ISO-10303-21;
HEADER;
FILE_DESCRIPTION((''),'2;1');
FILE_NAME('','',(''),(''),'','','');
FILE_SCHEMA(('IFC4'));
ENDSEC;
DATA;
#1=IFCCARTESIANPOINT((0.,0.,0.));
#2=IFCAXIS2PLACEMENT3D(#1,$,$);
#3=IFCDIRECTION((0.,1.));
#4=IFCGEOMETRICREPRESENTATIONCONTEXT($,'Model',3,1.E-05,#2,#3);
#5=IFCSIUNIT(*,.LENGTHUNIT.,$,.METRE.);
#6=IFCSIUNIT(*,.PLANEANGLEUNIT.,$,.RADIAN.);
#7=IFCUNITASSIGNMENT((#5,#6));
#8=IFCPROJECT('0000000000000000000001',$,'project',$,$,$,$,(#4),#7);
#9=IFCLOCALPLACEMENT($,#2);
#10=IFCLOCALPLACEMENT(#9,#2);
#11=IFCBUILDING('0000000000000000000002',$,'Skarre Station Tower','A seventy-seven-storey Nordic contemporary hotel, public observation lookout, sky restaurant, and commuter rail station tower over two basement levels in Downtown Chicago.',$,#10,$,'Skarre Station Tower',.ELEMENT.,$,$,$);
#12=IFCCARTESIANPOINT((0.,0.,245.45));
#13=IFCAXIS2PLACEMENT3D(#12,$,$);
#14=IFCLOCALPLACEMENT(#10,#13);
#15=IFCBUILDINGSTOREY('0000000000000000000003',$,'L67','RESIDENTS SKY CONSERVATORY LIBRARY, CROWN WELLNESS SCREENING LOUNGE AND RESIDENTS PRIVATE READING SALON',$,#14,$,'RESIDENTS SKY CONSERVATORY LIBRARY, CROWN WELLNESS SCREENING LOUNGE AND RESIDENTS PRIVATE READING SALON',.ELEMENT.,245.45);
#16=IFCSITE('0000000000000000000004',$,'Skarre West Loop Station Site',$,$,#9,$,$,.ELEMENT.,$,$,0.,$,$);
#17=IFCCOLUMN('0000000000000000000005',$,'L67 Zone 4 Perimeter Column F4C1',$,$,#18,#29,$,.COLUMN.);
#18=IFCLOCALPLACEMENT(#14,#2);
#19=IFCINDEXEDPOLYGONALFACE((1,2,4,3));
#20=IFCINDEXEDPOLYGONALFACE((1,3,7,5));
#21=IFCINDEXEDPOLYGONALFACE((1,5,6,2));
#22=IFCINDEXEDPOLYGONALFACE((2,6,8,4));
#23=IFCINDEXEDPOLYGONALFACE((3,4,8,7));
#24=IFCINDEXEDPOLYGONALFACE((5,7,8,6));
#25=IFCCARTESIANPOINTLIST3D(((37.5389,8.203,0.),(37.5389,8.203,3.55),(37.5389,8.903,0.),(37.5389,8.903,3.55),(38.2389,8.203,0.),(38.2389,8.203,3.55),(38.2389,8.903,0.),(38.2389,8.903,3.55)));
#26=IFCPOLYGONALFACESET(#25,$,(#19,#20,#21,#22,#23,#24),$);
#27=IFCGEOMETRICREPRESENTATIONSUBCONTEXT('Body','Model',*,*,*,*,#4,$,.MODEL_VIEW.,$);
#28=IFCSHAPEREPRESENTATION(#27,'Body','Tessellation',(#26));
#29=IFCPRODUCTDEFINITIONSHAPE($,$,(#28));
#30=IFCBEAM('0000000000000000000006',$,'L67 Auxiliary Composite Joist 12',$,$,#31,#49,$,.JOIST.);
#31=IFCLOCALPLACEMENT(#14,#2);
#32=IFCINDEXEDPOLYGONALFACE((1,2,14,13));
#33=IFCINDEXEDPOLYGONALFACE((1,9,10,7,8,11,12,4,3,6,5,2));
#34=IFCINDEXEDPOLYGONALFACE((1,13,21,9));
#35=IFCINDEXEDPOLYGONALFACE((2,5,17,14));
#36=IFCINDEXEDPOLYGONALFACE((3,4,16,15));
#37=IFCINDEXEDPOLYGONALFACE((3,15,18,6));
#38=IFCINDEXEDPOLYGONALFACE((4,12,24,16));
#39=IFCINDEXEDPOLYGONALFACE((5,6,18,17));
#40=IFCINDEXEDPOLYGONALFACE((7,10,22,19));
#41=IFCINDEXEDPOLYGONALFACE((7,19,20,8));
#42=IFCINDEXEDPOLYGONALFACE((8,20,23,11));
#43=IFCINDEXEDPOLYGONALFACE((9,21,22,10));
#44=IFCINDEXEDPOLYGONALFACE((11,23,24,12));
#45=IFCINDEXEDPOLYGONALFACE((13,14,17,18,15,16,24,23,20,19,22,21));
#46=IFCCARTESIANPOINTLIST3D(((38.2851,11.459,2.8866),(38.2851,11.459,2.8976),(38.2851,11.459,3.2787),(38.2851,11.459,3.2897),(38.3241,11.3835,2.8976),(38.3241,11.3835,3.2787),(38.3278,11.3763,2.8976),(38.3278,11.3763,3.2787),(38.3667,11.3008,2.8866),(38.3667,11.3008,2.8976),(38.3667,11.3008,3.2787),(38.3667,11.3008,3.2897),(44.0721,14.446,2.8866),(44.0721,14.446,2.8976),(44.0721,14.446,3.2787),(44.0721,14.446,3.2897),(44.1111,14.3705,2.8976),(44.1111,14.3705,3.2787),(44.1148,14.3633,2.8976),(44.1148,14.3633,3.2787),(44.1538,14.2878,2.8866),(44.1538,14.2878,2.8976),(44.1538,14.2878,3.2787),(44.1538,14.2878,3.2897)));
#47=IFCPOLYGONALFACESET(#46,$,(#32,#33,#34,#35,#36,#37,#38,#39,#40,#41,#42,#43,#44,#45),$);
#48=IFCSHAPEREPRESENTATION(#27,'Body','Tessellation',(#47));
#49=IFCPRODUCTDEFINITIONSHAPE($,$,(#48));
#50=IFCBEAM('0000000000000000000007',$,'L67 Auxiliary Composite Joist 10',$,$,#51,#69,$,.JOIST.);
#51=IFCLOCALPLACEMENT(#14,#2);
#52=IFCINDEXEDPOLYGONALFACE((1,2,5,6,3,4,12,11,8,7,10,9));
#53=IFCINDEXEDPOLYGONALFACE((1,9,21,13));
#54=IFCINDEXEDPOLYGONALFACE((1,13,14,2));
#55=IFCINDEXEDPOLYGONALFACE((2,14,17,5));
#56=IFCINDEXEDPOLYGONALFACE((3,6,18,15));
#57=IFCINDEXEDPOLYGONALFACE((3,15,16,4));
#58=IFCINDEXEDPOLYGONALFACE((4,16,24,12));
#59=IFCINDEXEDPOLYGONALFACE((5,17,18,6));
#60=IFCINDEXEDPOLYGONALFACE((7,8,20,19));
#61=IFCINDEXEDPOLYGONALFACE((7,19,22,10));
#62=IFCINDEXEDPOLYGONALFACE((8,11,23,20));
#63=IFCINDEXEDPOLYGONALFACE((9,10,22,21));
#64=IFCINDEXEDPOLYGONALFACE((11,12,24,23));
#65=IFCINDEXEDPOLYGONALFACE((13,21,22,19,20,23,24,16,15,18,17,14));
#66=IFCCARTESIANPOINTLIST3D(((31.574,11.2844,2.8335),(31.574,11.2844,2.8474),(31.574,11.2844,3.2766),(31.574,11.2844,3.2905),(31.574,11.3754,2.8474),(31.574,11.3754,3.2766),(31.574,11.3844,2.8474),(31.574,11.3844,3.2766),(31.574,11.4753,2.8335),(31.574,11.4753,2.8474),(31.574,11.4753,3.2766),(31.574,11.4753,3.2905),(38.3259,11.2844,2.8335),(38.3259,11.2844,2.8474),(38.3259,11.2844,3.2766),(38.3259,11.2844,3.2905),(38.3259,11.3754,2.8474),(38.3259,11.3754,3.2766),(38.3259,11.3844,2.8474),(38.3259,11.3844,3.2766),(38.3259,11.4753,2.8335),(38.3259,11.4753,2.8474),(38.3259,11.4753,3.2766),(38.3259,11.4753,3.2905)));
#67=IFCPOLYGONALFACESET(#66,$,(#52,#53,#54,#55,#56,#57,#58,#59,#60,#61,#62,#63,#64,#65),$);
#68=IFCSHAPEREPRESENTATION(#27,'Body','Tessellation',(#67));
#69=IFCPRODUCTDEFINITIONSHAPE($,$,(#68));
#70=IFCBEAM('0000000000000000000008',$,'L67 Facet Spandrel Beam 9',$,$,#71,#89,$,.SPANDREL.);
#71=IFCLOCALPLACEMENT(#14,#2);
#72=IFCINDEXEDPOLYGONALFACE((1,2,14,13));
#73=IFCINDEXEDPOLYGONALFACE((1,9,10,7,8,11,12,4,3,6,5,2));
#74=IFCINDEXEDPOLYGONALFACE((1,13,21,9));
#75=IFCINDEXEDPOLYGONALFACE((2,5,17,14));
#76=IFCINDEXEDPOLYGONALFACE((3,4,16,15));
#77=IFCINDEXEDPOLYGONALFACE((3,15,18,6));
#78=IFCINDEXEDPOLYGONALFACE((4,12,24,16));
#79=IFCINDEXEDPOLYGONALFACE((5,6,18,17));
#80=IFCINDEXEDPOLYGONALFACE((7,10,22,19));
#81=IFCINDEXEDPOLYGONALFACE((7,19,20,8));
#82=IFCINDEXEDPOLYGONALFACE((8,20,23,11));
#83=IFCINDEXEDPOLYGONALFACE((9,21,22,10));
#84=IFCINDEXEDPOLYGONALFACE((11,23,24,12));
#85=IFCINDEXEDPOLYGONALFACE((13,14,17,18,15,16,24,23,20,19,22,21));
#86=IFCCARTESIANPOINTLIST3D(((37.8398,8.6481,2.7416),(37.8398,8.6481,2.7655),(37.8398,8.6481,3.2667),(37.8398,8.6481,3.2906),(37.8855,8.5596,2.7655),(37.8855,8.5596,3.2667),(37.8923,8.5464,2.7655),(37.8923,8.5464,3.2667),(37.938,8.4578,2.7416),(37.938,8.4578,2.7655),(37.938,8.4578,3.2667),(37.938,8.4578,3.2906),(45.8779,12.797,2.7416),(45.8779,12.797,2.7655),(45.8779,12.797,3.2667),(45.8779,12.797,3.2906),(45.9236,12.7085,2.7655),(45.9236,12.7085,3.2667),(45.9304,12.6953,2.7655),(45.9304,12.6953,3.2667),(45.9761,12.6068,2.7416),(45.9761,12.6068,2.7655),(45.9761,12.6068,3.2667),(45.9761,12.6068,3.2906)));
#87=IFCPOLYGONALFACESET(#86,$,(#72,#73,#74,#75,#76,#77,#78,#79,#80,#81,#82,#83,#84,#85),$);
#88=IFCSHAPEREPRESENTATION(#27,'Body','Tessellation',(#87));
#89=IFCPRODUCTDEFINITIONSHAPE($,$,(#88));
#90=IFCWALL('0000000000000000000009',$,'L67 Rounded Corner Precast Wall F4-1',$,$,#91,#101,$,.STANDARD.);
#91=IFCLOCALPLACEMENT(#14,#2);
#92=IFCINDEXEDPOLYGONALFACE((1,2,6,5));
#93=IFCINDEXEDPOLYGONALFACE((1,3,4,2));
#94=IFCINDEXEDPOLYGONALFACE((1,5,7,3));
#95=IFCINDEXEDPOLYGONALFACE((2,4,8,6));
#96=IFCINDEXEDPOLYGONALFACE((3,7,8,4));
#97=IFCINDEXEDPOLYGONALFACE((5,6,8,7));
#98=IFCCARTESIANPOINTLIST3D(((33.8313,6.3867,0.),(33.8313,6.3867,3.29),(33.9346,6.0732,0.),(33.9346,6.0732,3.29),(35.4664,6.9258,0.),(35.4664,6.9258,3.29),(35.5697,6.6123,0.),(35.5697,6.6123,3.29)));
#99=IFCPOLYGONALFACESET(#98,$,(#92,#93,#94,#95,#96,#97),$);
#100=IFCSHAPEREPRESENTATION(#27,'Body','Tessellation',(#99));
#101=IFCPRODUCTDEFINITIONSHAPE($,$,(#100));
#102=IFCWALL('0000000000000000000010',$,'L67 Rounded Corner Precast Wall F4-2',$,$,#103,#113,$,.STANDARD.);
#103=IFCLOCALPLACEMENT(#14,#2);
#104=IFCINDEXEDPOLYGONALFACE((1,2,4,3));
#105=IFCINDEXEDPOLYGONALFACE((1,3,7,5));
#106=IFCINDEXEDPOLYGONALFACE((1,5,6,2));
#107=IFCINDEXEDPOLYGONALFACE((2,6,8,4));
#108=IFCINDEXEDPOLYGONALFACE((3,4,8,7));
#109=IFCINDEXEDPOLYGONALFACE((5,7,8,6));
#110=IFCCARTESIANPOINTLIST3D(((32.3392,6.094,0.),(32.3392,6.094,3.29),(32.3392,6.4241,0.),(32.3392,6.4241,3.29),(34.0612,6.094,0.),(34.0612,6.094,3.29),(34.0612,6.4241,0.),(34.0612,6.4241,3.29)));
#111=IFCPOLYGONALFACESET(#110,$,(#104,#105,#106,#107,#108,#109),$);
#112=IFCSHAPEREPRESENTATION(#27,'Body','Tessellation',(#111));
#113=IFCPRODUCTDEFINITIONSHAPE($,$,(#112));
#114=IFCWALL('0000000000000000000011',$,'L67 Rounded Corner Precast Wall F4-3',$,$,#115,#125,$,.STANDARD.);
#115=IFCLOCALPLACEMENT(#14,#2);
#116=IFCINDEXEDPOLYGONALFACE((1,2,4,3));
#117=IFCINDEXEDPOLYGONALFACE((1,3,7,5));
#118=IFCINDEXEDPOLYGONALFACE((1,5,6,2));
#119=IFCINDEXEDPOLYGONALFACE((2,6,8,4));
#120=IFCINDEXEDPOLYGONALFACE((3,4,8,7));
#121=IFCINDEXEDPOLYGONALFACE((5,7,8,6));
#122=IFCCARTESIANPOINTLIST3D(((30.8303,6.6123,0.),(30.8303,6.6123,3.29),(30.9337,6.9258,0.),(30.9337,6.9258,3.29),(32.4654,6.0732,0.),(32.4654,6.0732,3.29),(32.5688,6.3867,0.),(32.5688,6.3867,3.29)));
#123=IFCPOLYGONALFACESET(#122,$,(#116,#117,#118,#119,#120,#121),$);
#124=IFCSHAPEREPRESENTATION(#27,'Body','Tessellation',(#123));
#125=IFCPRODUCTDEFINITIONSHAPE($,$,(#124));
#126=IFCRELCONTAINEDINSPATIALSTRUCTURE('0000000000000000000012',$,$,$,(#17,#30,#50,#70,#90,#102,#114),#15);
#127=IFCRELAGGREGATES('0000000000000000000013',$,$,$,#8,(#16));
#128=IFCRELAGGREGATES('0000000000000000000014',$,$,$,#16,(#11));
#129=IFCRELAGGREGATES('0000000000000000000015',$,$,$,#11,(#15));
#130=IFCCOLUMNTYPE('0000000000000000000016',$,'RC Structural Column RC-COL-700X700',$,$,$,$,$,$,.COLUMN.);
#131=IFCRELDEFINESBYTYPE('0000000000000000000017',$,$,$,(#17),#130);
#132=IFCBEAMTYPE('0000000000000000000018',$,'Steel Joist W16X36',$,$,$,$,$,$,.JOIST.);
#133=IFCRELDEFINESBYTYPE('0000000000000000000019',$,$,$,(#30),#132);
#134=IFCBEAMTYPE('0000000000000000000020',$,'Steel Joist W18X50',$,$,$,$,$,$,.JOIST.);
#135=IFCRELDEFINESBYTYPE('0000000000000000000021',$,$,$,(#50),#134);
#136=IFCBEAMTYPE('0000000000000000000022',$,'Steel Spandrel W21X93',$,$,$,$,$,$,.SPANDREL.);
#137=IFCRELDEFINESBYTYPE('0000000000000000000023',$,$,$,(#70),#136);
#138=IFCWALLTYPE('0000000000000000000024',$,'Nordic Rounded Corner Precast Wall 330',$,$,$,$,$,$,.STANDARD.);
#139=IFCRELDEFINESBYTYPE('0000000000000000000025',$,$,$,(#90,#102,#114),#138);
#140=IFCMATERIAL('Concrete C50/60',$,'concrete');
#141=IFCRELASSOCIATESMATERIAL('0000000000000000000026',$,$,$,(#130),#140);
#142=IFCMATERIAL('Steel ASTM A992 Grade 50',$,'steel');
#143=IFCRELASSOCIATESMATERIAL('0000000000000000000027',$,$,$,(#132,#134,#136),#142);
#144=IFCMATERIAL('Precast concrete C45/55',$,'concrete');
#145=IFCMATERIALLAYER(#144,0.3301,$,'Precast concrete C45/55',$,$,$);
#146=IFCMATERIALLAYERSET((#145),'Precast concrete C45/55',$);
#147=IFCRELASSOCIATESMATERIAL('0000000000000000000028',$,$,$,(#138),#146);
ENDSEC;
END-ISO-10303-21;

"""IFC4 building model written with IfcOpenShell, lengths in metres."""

from ifc_helpers import new_model, si_unit, direction, frame, frame_2d, origin, origin_2d, place, context, subcontext, project, spatial, rectangle, i_section, extrude, material, layer, layer_set, material_profile, profile_set, type_object, element, save


model = new_model("IFC4")

# Units and contexts
model_context = context("Model", 3, precision=1e-05, world=origin(), true_north=direction((0.0, 1.0)))
body_context = subcontext(model_context, "Body", "Model", "MODEL_VIEW")
ifc_project = project(units=[si_unit("LENGTHUNIT", "METRE"), si_unit("PLANEANGLEUNIT", "RADIAN")], contexts=[model_context])

# Site, building, storey
site_placement = place(None, origin())
site = spatial("IfcSite", under=ifc_project, at=site_placement, Name="Skarre West Loop Station Site", CompositionType="ELEMENT", RefElevation=0.0)
building_placement = place(site_placement, origin())
building = spatial("IfcBuilding", under=site, at=building_placement, Name="Skarre Station Tower", Description="A seventy-seven-storey Nordic contemporary hotel, public observation lookout, sky restaurant, and commuter rail station tower over two basement levels in Downtown Chicago.", LongName="Skarre Station Tower", CompositionType="ELEMENT")
storey_placement = place(building_placement, frame((0.0, 0.0, 245.45)))
storey = spatial("IfcBuildingStorey", under=building, at=storey_placement, Name="L67", Description="RESIDENTS SKY CONSERVATORY LIBRARY, CROWN WELLNESS SCREENING LOUNGE AND RESIDENTS PRIVATE READING SALON", LongName="RESIDENTS SKY CONSERVATORY LIBRARY, CROWN WELLNESS SCREENING LOUNGE AND RESIDENTS PRIVATE READING SALON", CompositionType="ELEMENT", Elevation=245.45)

# Column
ifc_material_1 = material(Name="Concrete C50/60", Category="concrete")
ifc_material_profile_1 = material_profile(ifc_material_1, rectangle(XDim=0.7, YDim=0.7, at=origin_2d()), Name="Concrete C50/60")
ifc_profile_set_1 = profile_set([ifc_material_profile_1], Name="Concrete C50/60")
column_type = type_object("IfcColumnType", Name="RC Structural Column RC-COL-700X700", PredefinedType="COLUMN", material=ifc_profile_set_1)
column_placement = place(storey_placement, frame((37.8889, 8.553, 0.0), z_axis=(0.0, 0.0, 1.0), x_axis=(1.0, 0.0, 0.0)))
element("IfcColumn", 1, at=column_placement, inside=storey, type_object=column_type, Name="L67 Zone 4 Perimeter Column F4C1", PredefinedType="COLUMN", context=body_context, shape_type="SweptSolid", body=[
    extrude(rectangle(XDim=0.7, YDim=0.7, at=origin_2d()), origin(), (0.0, 0.0, 1.0), 3.55),
])

# Beams
ifc_material_2 = material(Name="Steel ASTM A992 Grade 50", Category="steel")
ifc_material_profile_2 = material_profile(ifc_material_2, i_section(OverallWidth=0.178, OverallDepth=0.4031, WebThickness=0.0081, FlangeThickness=0.011, at=origin_2d()), Name="Steel ASTM A992 Grade 50")
ifc_profile_set_2 = profile_set([ifc_material_profile_2], Name="Steel ASTM A992 Grade 50")
beam_type_1 = type_object("IfcBeamType", Name="Steel Joist W16X36", PredefinedType="JOIST", material=ifc_profile_set_2)
beam_1_placement = place(storey_placement, frame((38.3259, 11.3799, 3.0881), z_axis=(0.88861, 0.458663, 0.0), x_axis=(-0.458663, 0.88861, 0.0)))
element("IfcBeam", 2, at=beam_1_placement, inside=storey, type_object=beam_type_1, Name="L67 Auxiliary Composite Joist 12", PredefinedType="JOIST", context=body_context, shape_type="SweptSolid", body=[
    extrude(i_section(OverallWidth=0.178, OverallDepth=0.4031, WebThickness=0.0081, FlangeThickness=0.011, at=origin_2d()), origin(), (0.0, 0.0, 1.0), 6.5125),
])
ifc_material_profile_3 = material_profile(ifc_material_2, i_section(OverallWidth=0.1909, OverallDepth=0.457, WebThickness=0.009, FlangeThickness=0.0139, at=origin_2d()), Name="Steel ASTM A992 Grade 50")
ifc_profile_set_3 = profile_set([ifc_material_profile_3], Name="Steel ASTM A992 Grade 50")
beam_type_2 = type_object("IfcBeamType", Name="Steel Joist W18X50", PredefinedType="JOIST", material=ifc_profile_set_3)
beam_2_placement = place(storey_placement, frame((31.574, 11.3799, 3.062), z_axis=(1.0, 0.0, 0.0), x_axis=(0.0, 1.0, 0.0)))
element("IfcBeam", 3, at=beam_2_placement, inside=storey, type_object=beam_type_2, Name="L67 Auxiliary Composite Joist 10", PredefinedType="JOIST", context=body_context, shape_type="SweptSolid", body=[
    extrude(i_section(OverallWidth=0.1909, OverallDepth=0.457, WebThickness=0.009, FlangeThickness=0.0139, at=origin_2d()), origin(), (0.0, 0.0, 1.0), 6.752),
])
ifc_material_profile_4 = material_profile(ifc_material_2, i_section(OverallWidth=0.2141, OverallDepth=0.5491, WebThickness=0.0149, FlangeThickness=0.0239, at=origin_2d()), Name="Steel ASTM A992 Grade 50")
ifc_profile_set_4 = profile_set([ifc_material_profile_4], Name="Steel ASTM A992 Grade 50")
beam_type_3 = type_object("IfcBeamType", Name="Steel Spandrel W21X93", PredefinedType="SPANDREL", material=ifc_profile_set_4)
beam_3_placement = place(storey_placement, frame((37.8889, 8.553, 3.0161), z_axis=(0.88861, 0.458664, 0.0), x_axis=(-0.458664, 0.88861, 0.0)))
element("IfcBeam", 4, at=beam_3_placement, inside=storey, type_object=beam_type_3, Name="L67 Facet Spandrel Beam 9", PredefinedType="SPANDREL", context=body_context, shape_type="SweptSolid", body=[
    extrude(i_section(OverallWidth=0.2141, OverallDepth=0.5491, WebThickness=0.0149, FlangeThickness=0.0239, at=origin_2d()), origin(), (0.0, 0.0, 1.0), 9.0457),
])

# Walls
ifc_material_3 = material(Name="Precast concrete C45/55", Category="concrete")
ifc_layer_1 = layer(ifc_material_3, 0.3301, Name="Precast concrete C45/55")
ifc_layer_set_1 = layer_set([ifc_layer_1], Name="Precast concrete C45/55")
wall_type_1 = type_object("IfcWallType", Name="Nordic Rounded Corner Precast Wall 330", PredefinedType="STANDARD", material=ifc_layer_set_1)
wall_1_placement = place(storey_placement, frame((35.5181, 6.769, 0.0), z_axis=(0.0, 0.0, 1.0), x_axis=(-0.949713, -0.31312, 0.0)))
element("IfcWall", 5, at=wall_1_placement, inside=storey, type_object=wall_type_1, Name="L67 Rounded Corner Precast Wall F4-1", PredefinedType="STANDARD", context=body_context, shape_type="SweptSolid", body=[
    extrude(rectangle(XDim=1.7217, YDim=0.3301, at=frame_2d((0.8608, 0.0))), origin(), (0.0, 0.0, 1.0), 3.29),
])
wall_2_placement = place(storey_placement, frame((34.061, 6.259, 0.0), z_axis=(0.0, 0.0, 1.0), x_axis=(-1.0, 0.0, 0.0)))
element("IfcWall", 6, at=wall_2_placement, inside=storey, type_object=wall_type_1, Name="L67 Rounded Corner Precast Wall F4-2", PredefinedType="STANDARD", context=body_context, shape_type="SweptSolid", body=[
    extrude(rectangle(XDim=1.7219, YDim=0.3301, at=frame_2d((0.8608, 0.0))), origin(), (0.0, 0.0, 1.0), 3.29),
])
wall_3_placement = place(storey_placement, frame((32.5171, 6.23, 0.0), z_axis=(0.0, 0.0, 1.0), x_axis=(-0.949713, 0.31312, 0.0)))
element("IfcWall", 7, at=wall_3_placement, inside=storey, type_object=wall_type_1, Name="L67 Rounded Corner Precast Wall F4-3", PredefinedType="STANDARD", context=body_context, shape_type="SweptSolid", body=[
    extrude(rectangle(XDim=1.7217, YDim=0.3301, at=frame_2d((0.8608, 0.0))), origin(), (0.0, 0.0, 1.0), 3.29),
])

save(model, "model.ifc")
